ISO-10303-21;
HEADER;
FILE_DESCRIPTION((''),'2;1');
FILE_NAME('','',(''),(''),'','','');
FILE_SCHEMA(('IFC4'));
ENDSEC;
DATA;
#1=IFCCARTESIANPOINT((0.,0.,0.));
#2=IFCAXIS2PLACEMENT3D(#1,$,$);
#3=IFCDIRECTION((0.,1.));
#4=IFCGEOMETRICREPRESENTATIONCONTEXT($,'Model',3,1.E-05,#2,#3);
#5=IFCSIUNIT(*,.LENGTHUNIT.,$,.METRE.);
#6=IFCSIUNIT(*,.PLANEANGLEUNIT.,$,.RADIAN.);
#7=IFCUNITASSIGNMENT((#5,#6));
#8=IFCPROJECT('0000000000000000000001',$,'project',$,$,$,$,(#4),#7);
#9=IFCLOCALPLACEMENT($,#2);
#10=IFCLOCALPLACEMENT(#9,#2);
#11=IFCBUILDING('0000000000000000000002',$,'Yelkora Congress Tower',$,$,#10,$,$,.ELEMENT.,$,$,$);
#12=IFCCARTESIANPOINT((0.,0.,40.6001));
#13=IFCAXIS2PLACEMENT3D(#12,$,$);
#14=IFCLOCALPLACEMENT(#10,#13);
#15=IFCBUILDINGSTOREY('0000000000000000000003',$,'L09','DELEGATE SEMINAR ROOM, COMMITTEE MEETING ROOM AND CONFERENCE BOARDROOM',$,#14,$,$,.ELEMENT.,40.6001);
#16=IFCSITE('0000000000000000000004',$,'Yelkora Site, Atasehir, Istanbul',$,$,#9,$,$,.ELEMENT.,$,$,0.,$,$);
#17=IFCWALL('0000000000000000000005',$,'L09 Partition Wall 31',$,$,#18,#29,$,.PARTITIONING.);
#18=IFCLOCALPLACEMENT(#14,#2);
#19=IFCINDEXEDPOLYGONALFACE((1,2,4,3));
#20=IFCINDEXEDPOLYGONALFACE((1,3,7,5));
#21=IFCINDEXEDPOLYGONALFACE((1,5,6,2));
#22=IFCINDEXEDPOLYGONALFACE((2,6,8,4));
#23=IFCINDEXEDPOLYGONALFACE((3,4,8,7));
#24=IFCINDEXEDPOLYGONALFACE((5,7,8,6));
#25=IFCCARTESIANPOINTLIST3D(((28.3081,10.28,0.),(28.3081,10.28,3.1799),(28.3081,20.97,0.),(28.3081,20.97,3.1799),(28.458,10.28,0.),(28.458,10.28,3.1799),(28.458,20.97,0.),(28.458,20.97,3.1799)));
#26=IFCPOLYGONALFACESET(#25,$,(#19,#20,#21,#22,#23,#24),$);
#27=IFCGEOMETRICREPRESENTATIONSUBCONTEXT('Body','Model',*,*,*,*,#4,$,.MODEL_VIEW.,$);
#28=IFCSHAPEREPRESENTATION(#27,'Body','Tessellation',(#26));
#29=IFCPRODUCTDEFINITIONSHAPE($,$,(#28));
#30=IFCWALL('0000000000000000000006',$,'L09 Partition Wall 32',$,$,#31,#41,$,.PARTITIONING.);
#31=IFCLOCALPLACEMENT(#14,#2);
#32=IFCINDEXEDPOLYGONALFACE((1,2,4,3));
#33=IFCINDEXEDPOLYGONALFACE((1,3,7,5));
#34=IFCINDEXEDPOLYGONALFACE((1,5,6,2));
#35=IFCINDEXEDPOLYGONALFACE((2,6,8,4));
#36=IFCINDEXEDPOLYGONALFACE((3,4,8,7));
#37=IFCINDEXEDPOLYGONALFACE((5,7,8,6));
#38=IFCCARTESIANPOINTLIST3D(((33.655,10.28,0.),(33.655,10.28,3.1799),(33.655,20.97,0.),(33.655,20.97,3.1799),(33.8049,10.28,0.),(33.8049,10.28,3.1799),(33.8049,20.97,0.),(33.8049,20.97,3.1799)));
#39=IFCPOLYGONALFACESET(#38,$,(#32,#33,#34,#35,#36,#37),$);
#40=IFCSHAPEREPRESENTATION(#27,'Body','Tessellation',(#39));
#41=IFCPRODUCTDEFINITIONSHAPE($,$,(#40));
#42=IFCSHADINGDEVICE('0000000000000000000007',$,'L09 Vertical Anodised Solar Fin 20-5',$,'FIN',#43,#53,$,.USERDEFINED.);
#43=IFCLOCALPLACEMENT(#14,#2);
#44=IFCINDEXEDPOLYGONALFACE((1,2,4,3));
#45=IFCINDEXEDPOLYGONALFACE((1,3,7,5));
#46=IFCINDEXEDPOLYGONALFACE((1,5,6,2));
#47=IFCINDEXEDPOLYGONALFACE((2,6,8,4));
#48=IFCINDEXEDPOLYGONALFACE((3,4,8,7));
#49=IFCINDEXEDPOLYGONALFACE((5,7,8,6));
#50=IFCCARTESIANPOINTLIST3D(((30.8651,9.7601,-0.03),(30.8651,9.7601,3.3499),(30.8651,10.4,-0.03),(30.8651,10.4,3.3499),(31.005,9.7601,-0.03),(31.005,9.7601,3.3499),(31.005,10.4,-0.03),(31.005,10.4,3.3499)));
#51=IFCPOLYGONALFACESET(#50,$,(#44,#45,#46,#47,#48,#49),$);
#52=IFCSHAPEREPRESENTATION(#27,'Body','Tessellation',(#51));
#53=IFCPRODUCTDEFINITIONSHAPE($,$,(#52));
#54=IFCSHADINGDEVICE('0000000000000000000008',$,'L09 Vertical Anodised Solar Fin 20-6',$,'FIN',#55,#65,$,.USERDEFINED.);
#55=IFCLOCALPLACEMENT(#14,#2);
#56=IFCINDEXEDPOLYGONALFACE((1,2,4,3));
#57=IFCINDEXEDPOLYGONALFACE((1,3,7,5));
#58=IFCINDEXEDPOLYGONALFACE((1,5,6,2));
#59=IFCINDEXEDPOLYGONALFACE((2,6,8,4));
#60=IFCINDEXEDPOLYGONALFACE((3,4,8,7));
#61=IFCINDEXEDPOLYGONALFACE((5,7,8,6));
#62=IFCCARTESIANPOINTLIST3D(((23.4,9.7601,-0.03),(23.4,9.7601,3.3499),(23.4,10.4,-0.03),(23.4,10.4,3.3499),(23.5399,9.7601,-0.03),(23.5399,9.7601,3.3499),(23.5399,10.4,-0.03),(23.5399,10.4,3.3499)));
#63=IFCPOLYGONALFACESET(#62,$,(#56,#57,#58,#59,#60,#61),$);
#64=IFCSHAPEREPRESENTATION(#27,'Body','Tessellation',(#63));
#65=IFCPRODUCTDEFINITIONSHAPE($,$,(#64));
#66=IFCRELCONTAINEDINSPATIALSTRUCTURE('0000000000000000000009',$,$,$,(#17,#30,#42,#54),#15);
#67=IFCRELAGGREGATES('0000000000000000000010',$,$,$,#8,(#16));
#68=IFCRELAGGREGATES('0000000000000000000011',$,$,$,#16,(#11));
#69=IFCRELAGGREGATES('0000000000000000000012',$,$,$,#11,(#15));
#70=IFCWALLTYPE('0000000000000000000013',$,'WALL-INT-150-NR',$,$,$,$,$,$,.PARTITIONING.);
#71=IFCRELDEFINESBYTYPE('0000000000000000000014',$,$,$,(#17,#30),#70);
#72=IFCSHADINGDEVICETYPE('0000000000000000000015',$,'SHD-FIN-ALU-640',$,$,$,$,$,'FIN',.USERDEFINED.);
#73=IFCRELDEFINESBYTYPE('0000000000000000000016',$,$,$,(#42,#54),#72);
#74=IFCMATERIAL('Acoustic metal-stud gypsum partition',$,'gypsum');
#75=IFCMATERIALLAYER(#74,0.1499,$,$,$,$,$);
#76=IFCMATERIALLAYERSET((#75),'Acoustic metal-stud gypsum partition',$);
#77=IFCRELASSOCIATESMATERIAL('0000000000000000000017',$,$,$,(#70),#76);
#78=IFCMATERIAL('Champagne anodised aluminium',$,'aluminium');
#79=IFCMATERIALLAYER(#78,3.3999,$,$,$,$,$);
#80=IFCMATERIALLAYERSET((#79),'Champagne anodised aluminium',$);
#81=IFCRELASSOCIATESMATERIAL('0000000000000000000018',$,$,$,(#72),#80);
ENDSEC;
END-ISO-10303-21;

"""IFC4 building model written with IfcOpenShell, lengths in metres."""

from ifc_helpers import new_model, si_unit, direction, frame, frame_2d, origin, origin_2d, place, context, subcontext, project, spatial, rectangle, extrude, material, layer, layer_set, type_object, element, save


model = new_model("IFC4")

# Units and contexts
model_context = context("Model", 3, precision=1e-05, world=origin(), true_north=direction((0.0, 1.0)))
body_context = subcontext(model_context, "Body", "Model", "MODEL_VIEW")
ifc_project = project(units=[si_unit("LENGTHUNIT", "METRE"), si_unit("PLANEANGLEUNIT", "RADIAN")], contexts=[model_context])

# Site, building, storey
site_placement = place(None, origin())
site = spatial("IfcSite", under=ifc_project, at=site_placement, Name="Yelkora Site, Atasehir, Istanbul", CompositionType="ELEMENT", RefElevation=0.0)
building_placement = place(site_placement, origin())
building = spatial("IfcBuilding", under=site, at=building_placement, Name="Yelkora Congress Tower", CompositionType="ELEMENT")
storey_placement = place(building_placement, frame((0.0, 0.0, 40.6001)))
storey = spatial("IfcBuildingStorey", under=building, at=storey_placement, Name="L09", Description="DELEGATE SEMINAR ROOM, COMMITTEE MEETING ROOM AND CONFERENCE BOARDROOM", CompositionType="ELEMENT", Elevation=40.6001)

# Walls
ifc_material_1 = material(Name="Acoustic metal-stud gypsum partition", Category="gypsum")
ifc_layer_1 = layer(ifc_material_1, 0.1499)
ifc_layer_set_1 = layer_set([ifc_layer_1], Name="Acoustic metal-stud gypsum partition")
wall_type = type_object("IfcWallType", Name="WALL-INT-150-NR", PredefinedType="PARTITIONING", material=ifc_layer_set_1)
for number, where, z_axis, x_axis, name in (
    (1, (28.3831, 10.28, 0.0), (0.0, 0.0, 1.0), (0.0, 1.0, 0.0), "L09 Partition Wall 31"),
    (2, (33.73, 10.28, 0.0), (0.0, 0.0, 1.0), (0.0, 1.0, 0.0), "L09 Partition Wall 32"),
):
    element("IfcWall", number, at=place(storey_placement, frame(where, z_axis=z_axis, x_axis=x_axis)), inside=storey, type_object=wall_type, Name=name, PredefinedType="PARTITIONING", context=body_context, shape_type="SweptSolid", body=[
        extrude(rectangle(XDim=10.6899, YDim=0.1499, at=frame_2d((5.345, 0.0))), origin(), (0.0, 0.0, 1.0), 3.1799),
    ])

# Shading devices
ifc_material_2 = material(Name="Champagne anodised aluminium", Category="aluminium")
ifc_layer_2 = layer(ifc_material_2, 3.3999)
ifc_layer_set_2 = layer_set([ifc_layer_2], Name="Champagne anodised aluminium")
shading_device_type = type_object("IfcShadingDeviceType", Name="SHD-FIN-ALU-640", ElementType="FIN", PredefinedType="USERDEFINED", material=ifc_layer_set_2)
for number, where, z_axis, x_axis, name in (
    (3, (30.9351, 10.0801, -0.03), (0.0, 0.0, 1.0), (-1.0, 0.0, 0.0), "L09 Vertical Anodised Solar Fin 20-5"),
    (4, (23.47, 10.0801, -0.03), (0.0, 0.0, 1.0), (-1.0, 0.0, 0.0), "L09 Vertical Anodised Solar Fin 20-6"),
):
    element("IfcShadingDevice", number, at=place(storey_placement, frame(where, z_axis=z_axis, x_axis=x_axis)), inside=storey, type_object=shading_device_type, Name=name, ObjectType="FIN", PredefinedType="USERDEFINED", context=body_context, shape_type="SweptSolid", body=[
        extrude(rectangle(XDim=0.1399, YDim=0.6399, at=origin_2d()), origin(), (0.0, 0.0, 1.0), 3.3799),
    ])

save(model, "model.ifc")
